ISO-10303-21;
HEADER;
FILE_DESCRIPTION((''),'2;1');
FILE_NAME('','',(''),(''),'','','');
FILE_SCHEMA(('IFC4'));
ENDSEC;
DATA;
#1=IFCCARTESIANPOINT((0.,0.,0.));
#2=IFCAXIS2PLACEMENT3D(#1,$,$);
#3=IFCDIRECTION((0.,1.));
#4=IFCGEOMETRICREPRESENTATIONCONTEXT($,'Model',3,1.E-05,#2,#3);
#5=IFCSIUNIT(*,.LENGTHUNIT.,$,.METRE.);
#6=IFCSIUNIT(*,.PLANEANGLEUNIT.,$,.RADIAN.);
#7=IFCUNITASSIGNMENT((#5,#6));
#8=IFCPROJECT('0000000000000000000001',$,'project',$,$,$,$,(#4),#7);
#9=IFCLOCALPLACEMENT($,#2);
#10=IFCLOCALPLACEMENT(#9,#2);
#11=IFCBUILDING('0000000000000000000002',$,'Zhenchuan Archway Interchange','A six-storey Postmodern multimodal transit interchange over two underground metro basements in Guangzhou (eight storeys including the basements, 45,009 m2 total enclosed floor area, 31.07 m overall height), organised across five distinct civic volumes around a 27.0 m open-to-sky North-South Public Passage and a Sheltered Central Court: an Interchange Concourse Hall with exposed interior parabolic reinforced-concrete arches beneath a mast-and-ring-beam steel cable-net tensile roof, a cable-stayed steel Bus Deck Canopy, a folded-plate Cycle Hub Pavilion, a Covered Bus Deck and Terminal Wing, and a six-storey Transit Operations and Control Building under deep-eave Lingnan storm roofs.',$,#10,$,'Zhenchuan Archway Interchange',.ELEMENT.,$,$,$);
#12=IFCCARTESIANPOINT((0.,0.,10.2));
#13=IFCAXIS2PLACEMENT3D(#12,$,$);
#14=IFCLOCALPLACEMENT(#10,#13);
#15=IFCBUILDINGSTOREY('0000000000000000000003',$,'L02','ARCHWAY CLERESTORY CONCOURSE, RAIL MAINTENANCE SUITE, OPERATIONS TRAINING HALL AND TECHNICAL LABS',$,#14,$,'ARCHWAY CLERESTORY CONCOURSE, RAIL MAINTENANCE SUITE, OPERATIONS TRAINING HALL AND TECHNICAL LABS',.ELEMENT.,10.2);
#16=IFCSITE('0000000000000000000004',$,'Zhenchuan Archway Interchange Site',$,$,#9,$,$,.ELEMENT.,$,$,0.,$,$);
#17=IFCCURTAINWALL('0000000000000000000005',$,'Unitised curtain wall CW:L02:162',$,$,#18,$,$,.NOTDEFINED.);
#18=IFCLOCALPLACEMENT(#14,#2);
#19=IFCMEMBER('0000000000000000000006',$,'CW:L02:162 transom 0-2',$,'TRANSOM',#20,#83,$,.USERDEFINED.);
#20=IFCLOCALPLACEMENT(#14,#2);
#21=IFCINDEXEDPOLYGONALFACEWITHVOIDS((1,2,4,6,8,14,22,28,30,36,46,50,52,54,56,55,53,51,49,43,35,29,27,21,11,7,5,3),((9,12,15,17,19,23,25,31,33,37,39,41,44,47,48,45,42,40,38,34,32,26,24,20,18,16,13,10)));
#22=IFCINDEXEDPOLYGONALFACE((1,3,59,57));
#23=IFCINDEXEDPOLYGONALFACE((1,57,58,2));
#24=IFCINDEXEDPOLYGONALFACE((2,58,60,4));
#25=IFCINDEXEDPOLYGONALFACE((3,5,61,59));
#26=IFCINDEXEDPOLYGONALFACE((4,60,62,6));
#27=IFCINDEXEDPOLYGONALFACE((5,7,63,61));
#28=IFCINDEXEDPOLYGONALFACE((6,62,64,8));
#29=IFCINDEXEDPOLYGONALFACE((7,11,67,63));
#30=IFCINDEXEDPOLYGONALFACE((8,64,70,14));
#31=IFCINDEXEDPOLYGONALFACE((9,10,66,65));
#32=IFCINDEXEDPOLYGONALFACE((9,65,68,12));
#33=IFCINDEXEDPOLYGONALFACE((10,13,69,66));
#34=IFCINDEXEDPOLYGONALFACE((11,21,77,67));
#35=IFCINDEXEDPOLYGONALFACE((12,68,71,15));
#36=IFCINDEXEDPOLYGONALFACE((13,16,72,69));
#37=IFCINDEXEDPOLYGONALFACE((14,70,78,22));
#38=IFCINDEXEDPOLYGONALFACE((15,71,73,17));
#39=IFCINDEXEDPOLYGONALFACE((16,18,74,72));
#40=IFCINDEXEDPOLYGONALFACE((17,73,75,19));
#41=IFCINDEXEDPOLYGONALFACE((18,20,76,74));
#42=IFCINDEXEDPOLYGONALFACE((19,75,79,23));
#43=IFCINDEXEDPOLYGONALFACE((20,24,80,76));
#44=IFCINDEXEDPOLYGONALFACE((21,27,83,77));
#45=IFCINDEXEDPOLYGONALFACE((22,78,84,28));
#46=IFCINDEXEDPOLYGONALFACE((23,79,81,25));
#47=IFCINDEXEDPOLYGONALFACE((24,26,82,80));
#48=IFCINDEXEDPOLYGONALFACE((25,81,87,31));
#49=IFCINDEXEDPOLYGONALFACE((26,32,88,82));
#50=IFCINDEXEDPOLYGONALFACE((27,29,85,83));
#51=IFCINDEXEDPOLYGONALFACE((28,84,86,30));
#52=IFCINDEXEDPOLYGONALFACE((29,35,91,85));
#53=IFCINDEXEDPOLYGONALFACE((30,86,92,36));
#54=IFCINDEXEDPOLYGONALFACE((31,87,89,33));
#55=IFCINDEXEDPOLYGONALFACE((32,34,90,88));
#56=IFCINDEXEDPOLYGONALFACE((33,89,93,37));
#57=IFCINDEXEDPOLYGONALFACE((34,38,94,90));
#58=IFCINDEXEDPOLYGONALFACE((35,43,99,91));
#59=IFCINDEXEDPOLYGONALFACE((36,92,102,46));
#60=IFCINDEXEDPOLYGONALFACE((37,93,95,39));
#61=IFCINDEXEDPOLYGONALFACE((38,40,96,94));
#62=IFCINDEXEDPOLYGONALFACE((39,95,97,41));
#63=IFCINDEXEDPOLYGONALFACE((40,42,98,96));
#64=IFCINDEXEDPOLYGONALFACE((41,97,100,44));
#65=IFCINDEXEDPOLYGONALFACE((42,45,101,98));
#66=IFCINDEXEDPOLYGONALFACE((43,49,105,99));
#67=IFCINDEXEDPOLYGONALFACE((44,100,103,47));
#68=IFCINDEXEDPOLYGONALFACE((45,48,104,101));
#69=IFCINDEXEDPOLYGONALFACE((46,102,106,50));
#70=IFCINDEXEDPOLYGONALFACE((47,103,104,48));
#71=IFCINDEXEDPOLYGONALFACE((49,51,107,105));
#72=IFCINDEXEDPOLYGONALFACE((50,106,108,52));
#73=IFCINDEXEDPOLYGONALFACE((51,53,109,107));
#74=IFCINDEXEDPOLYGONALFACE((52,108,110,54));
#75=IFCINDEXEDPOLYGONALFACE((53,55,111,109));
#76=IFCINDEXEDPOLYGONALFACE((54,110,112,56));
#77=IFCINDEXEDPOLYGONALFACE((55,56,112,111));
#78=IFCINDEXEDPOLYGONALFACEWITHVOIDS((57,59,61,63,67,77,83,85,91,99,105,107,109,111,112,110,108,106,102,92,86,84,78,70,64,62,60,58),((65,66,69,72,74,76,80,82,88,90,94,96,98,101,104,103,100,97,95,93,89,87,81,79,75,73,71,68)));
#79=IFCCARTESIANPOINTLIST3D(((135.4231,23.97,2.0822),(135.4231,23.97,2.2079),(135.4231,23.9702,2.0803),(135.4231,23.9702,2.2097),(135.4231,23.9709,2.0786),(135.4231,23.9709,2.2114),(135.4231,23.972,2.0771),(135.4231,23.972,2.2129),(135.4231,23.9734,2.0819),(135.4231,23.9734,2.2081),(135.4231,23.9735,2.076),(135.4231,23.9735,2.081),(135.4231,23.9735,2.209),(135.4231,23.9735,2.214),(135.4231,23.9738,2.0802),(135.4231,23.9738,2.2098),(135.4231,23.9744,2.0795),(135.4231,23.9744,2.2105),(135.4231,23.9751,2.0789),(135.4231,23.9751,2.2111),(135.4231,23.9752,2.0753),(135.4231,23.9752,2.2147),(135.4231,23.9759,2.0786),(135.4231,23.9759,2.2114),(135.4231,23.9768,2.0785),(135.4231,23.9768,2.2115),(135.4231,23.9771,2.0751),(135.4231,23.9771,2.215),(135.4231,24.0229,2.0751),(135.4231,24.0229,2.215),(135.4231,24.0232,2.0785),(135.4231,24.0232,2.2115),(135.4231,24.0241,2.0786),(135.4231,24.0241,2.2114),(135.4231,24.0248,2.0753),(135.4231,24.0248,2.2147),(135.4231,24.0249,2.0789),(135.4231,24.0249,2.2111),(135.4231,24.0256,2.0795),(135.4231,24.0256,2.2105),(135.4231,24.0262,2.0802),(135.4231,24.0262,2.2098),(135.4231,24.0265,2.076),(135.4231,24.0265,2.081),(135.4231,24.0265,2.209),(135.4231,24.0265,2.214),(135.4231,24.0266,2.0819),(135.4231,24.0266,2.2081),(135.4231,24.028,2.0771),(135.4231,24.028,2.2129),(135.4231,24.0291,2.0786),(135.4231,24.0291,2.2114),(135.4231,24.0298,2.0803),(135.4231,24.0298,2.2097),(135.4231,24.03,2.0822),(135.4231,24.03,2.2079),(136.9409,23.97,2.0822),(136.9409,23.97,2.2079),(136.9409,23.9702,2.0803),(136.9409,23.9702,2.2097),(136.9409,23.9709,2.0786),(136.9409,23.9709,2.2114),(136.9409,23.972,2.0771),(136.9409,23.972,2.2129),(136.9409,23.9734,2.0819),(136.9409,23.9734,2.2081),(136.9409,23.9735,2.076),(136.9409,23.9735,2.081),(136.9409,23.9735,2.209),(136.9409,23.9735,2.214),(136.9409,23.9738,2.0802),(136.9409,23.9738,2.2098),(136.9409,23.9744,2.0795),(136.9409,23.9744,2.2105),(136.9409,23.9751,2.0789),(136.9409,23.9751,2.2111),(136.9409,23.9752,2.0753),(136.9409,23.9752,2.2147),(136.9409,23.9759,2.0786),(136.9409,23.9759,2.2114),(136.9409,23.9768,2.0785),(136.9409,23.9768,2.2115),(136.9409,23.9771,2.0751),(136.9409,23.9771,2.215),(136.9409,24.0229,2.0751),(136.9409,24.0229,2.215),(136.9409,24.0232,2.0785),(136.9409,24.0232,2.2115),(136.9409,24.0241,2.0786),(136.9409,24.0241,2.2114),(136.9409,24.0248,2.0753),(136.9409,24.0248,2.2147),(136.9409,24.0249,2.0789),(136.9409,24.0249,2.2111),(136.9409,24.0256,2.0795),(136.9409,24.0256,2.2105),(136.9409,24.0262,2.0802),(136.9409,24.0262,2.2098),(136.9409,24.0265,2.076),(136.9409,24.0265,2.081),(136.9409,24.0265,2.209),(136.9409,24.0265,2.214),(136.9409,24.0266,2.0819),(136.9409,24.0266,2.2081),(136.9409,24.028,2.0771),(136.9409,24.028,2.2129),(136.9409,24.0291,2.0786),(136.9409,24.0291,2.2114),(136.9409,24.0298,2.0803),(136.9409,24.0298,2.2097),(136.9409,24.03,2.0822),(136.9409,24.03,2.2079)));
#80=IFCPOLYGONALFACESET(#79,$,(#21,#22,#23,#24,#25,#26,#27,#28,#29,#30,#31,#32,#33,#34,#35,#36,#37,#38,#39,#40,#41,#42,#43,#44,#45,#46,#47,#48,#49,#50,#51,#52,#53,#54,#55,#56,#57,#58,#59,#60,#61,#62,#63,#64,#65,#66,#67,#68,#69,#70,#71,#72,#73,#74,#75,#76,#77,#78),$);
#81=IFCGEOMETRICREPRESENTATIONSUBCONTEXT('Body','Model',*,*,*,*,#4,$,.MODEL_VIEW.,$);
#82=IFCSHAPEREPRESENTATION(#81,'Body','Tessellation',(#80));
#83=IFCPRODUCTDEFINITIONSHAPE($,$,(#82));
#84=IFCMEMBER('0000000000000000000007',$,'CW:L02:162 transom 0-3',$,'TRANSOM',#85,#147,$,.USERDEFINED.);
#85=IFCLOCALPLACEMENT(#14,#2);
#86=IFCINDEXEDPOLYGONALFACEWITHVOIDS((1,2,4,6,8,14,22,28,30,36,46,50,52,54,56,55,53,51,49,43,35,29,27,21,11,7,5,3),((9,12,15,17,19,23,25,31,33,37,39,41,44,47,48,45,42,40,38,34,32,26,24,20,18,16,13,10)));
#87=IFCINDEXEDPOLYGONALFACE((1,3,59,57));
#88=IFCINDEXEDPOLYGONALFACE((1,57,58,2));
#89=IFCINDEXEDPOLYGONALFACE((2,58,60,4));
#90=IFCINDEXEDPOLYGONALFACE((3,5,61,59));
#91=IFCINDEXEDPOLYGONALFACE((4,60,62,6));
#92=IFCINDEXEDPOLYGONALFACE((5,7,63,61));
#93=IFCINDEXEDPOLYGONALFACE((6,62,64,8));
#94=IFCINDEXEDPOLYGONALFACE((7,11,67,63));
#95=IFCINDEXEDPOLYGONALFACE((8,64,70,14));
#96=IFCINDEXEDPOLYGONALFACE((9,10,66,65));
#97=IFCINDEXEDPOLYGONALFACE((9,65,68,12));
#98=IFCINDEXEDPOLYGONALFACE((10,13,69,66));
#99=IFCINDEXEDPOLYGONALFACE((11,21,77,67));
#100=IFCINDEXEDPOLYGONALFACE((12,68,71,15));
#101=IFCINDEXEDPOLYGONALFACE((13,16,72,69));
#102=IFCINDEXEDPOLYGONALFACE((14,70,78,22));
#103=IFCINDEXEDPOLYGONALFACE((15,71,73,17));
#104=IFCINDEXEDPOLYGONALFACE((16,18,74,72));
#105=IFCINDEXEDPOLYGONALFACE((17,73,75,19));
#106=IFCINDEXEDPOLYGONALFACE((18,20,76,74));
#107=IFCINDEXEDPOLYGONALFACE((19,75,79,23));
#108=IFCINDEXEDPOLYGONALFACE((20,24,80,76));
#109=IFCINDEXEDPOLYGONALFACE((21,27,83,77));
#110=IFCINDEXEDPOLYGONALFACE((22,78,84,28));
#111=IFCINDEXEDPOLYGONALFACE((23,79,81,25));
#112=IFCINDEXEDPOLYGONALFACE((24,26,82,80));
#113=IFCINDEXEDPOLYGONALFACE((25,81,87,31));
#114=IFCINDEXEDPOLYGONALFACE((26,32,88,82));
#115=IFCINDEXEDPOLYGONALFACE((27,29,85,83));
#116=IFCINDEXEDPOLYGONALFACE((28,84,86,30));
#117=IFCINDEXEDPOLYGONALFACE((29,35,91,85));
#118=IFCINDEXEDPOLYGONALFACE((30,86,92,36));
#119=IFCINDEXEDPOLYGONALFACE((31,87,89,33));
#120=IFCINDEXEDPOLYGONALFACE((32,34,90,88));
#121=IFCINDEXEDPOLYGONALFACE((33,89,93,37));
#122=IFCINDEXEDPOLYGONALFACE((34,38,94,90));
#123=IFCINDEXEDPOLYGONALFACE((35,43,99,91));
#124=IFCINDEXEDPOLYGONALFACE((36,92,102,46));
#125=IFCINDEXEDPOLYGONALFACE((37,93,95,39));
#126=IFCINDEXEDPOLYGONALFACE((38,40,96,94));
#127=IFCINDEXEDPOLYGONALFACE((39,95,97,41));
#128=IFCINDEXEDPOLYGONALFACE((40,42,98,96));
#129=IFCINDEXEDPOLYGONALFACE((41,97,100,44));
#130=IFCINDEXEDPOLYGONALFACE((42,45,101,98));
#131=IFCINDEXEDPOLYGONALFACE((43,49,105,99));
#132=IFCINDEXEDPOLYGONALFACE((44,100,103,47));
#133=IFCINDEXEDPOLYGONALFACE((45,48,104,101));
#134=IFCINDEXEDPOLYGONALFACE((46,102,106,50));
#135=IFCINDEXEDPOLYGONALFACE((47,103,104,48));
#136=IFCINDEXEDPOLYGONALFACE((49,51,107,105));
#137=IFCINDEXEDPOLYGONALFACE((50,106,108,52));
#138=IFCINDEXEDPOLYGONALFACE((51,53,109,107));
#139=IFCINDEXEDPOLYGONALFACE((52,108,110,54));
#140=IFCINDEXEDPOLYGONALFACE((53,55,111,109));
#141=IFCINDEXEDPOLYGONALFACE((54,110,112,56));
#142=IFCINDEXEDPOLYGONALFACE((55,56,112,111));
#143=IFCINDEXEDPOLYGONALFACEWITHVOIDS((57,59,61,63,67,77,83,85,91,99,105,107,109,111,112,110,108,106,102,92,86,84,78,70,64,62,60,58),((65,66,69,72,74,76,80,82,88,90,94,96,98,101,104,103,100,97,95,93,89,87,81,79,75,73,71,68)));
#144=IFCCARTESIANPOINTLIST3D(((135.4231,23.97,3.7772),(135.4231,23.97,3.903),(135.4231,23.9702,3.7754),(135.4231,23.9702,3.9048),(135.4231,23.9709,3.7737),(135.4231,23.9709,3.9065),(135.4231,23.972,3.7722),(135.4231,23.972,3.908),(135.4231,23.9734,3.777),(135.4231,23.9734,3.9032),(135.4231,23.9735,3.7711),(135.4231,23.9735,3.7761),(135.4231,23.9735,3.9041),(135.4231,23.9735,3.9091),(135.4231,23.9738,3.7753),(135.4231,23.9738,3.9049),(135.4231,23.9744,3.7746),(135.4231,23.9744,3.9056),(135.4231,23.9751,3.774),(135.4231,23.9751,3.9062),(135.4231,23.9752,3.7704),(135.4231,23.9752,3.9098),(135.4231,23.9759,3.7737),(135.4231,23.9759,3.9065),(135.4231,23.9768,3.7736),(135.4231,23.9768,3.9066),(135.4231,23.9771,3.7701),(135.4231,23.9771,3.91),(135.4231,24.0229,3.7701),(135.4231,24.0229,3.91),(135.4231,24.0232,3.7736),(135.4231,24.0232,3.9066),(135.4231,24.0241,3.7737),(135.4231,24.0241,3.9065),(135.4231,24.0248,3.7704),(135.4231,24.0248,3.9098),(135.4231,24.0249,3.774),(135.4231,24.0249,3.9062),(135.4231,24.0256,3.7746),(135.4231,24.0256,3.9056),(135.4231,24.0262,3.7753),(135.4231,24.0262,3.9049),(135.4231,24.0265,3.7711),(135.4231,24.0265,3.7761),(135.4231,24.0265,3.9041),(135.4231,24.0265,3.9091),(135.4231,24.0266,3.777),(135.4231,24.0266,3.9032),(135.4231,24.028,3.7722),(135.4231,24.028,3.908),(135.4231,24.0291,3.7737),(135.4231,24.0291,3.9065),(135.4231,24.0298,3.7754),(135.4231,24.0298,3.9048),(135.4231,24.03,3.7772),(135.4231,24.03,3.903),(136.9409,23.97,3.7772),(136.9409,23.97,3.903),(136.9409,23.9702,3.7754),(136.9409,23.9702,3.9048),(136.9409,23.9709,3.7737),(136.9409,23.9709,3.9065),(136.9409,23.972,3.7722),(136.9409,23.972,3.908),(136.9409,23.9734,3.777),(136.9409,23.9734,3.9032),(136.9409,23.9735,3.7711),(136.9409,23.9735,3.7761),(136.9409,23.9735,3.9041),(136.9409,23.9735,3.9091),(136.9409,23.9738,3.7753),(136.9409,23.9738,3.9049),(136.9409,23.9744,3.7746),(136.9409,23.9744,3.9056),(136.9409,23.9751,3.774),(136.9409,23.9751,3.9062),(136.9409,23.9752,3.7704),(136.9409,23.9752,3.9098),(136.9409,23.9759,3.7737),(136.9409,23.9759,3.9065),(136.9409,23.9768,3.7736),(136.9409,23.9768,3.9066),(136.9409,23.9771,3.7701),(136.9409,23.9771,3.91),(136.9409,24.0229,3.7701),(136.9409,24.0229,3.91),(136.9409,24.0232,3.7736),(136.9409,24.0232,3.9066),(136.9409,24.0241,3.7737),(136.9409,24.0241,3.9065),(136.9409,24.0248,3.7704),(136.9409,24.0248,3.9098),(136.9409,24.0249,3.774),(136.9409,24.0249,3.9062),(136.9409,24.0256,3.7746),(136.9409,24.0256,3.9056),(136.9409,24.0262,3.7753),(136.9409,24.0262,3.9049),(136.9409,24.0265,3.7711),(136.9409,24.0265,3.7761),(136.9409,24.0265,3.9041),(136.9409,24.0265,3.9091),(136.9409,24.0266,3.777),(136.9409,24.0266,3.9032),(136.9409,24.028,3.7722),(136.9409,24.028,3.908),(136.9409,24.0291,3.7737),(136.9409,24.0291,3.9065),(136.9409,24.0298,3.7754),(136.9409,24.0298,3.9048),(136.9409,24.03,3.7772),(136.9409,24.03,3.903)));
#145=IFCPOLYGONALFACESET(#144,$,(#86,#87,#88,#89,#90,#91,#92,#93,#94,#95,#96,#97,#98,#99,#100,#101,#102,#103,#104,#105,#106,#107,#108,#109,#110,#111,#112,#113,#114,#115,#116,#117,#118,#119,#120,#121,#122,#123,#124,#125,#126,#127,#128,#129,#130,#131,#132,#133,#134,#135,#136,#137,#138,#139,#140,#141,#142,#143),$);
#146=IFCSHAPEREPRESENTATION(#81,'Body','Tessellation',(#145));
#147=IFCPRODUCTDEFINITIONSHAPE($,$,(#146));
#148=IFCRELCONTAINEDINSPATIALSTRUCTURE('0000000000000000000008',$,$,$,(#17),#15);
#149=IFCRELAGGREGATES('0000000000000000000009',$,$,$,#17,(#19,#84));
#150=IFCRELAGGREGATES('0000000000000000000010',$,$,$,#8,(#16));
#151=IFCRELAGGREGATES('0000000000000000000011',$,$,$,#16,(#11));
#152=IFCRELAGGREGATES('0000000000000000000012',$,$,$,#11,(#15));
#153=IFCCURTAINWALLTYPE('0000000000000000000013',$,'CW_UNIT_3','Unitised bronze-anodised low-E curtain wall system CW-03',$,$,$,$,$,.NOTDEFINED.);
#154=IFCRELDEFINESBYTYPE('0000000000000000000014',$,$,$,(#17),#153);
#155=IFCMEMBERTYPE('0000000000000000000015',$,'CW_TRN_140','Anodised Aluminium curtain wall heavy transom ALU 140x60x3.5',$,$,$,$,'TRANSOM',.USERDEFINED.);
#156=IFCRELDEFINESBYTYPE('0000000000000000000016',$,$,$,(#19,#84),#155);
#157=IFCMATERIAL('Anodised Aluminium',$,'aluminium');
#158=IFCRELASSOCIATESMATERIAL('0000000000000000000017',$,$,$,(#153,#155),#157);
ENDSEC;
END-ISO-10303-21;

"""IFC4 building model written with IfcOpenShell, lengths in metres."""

from ifc_helpers import new_model, si_unit, direction, frame, origin, origin_2d, place, context, subcontext, project, spatial, hollow_rectangle, extrude, material, material_profile, profile_set, type_object, element, aggregate, save


model = new_model("IFC4")

# Units and contexts
model_context = context("Model", 3, precision=1e-05, world=origin(), true_north=direction((0.0, 1.0)))
body_context = subcontext(model_context, "Body", "Model", "MODEL_VIEW")
ifc_project = project(units=[si_unit("LENGTHUNIT", "METRE"), si_unit("PLANEANGLEUNIT", "RADIAN")], contexts=[model_context])

# Site, building, storey
site_placement = place(None, origin())
site = spatial("IfcSite", under=ifc_project, at=site_placement, Name="Zhenchuan Archway Interchange Site", CompositionType="ELEMENT", RefElevation=0.0)
building_placement = place(site_placement, origin())
building = spatial("IfcBuilding", under=site, at=building_placement, Name="Zhenchuan Archway Interchange", Description="A six-storey Postmodern multimodal transit interchange over two underground metro basements in Guangzhou (eight storeys including the basements, 45,009 m2 total enclosed floor area, 31.07 m overall height), organised across five distinct civic volumes around a 27.0 m open-to-sky North-South Public Passage and a Sheltered Central Court: an Interchange Concourse Hall with exposed interior parabolic reinforced-concrete arches beneath a mast-and-ring-beam steel cable-net tensile roof, a cable-stayed steel Bus Deck Canopy, a folded-plate Cycle Hub Pavilion, a Covered Bus Deck and Terminal Wing, and a six-storey Transit Operations and Control Building under deep-eave Lingnan storm roofs.", LongName="Zhenchuan Archway Interchange", CompositionType="ELEMENT")
storey_placement = place(building_placement, frame((0.0, 0.0, 10.2)))
storey = spatial("IfcBuildingStorey", under=building, at=storey_placement, Name="L02", Description="ARCHWAY CLERESTORY CONCOURSE, RAIL MAINTENANCE SUITE, OPERATIONS TRAINING HALL AND TECHNICAL LABS", LongName="ARCHWAY CLERESTORY CONCOURSE, RAIL MAINTENANCE SUITE, OPERATIONS TRAINING HALL AND TECHNICAL LABS", CompositionType="ELEMENT", Elevation=10.2)

# Curtain wall, members
ifc_material_1 = material(Name="Anodised Aluminium", Category="aluminium")
curtain_wall_type = type_object("IfcCurtainWallType", Name="CW_UNIT_3", Description="Unitised bronze-anodised low-E curtain wall system CW-03", PredefinedType="NOTDEFINED", material=ifc_material_1)
curtain_wall_placement = place(storey_placement, origin())
curtain_wall = element("IfcCurtainWall", 1, at=curtain_wall_placement, inside=storey, type_object=curtain_wall_type, Name="Unitised curtain wall CW:L02:162", PredefinedType="NOTDEFINED")
ifc_material_profile_1 = material_profile(ifc_material_1, hollow_rectangle(XDim=0.0601, YDim=0.1399, WallThickness=0.0034, InnerFilletRadius=0.0034, OuterFilletRadius=0.0071, at=origin_2d()), Name="ALU 140x60x3.5")
ifc_profile_set_1 = profile_set([ifc_material_profile_1], Name="Anodised Aluminium")
member_type_1 = type_object("IfcMemberType", Name="CW_TRN_140", Description="Anodised Aluminium curtain wall heavy transom ALU 140x60x3.5", ElementType="TRANSOM", PredefinedType="USERDEFINED", material=ifc_profile_set_1)
member_1_placement = place(storey_placement, frame((135.4231, 24.0, 2.145), z_axis=(1.0, 0.0, 0.0), x_axis=(0.0, 1.0, 0.0)))
member_1 = element("IfcMember", 2, at=member_1_placement, type_object=member_type_1, Name="CW:L02:162 transom 0-2", ObjectType="TRANSOM", PredefinedType="USERDEFINED", context=body_context, shape_type="SweptSolid", body=[
    extrude(hollow_rectangle(XDim=0.0601, YDim=0.1399, WallThickness=0.0034, InnerFilletRadius=0.0034, OuterFilletRadius=0.0071, at=origin_2d()), origin(), (0.0, 0.0, 1.0), 1.5178),
])
member_2_placement = place(storey_placement, frame((135.4231, 24.0, 3.8401), z_axis=(1.0, 0.0, 0.0), x_axis=(0.0, 1.0, 0.0)))
member_2 = element("IfcMember", 3, at=member_2_placement, type_object=member_type_1, Name="CW:L02:162 transom 0-3", ObjectType="TRANSOM", PredefinedType="USERDEFINED", context=body_context, shape_type="SweptSolid", body=[
    extrude(hollow_rectangle(XDim=0.0601, YDim=0.1399, WallThickness=0.0034, InnerFilletRadius=0.0034, OuterFilletRadius=0.0071, at=origin_2d()), origin(), (0.0, 0.0, 1.0), 1.5178),
])
aggregate(curtain_wall, [member_1, member_2])

save(model, "model.ifc")
